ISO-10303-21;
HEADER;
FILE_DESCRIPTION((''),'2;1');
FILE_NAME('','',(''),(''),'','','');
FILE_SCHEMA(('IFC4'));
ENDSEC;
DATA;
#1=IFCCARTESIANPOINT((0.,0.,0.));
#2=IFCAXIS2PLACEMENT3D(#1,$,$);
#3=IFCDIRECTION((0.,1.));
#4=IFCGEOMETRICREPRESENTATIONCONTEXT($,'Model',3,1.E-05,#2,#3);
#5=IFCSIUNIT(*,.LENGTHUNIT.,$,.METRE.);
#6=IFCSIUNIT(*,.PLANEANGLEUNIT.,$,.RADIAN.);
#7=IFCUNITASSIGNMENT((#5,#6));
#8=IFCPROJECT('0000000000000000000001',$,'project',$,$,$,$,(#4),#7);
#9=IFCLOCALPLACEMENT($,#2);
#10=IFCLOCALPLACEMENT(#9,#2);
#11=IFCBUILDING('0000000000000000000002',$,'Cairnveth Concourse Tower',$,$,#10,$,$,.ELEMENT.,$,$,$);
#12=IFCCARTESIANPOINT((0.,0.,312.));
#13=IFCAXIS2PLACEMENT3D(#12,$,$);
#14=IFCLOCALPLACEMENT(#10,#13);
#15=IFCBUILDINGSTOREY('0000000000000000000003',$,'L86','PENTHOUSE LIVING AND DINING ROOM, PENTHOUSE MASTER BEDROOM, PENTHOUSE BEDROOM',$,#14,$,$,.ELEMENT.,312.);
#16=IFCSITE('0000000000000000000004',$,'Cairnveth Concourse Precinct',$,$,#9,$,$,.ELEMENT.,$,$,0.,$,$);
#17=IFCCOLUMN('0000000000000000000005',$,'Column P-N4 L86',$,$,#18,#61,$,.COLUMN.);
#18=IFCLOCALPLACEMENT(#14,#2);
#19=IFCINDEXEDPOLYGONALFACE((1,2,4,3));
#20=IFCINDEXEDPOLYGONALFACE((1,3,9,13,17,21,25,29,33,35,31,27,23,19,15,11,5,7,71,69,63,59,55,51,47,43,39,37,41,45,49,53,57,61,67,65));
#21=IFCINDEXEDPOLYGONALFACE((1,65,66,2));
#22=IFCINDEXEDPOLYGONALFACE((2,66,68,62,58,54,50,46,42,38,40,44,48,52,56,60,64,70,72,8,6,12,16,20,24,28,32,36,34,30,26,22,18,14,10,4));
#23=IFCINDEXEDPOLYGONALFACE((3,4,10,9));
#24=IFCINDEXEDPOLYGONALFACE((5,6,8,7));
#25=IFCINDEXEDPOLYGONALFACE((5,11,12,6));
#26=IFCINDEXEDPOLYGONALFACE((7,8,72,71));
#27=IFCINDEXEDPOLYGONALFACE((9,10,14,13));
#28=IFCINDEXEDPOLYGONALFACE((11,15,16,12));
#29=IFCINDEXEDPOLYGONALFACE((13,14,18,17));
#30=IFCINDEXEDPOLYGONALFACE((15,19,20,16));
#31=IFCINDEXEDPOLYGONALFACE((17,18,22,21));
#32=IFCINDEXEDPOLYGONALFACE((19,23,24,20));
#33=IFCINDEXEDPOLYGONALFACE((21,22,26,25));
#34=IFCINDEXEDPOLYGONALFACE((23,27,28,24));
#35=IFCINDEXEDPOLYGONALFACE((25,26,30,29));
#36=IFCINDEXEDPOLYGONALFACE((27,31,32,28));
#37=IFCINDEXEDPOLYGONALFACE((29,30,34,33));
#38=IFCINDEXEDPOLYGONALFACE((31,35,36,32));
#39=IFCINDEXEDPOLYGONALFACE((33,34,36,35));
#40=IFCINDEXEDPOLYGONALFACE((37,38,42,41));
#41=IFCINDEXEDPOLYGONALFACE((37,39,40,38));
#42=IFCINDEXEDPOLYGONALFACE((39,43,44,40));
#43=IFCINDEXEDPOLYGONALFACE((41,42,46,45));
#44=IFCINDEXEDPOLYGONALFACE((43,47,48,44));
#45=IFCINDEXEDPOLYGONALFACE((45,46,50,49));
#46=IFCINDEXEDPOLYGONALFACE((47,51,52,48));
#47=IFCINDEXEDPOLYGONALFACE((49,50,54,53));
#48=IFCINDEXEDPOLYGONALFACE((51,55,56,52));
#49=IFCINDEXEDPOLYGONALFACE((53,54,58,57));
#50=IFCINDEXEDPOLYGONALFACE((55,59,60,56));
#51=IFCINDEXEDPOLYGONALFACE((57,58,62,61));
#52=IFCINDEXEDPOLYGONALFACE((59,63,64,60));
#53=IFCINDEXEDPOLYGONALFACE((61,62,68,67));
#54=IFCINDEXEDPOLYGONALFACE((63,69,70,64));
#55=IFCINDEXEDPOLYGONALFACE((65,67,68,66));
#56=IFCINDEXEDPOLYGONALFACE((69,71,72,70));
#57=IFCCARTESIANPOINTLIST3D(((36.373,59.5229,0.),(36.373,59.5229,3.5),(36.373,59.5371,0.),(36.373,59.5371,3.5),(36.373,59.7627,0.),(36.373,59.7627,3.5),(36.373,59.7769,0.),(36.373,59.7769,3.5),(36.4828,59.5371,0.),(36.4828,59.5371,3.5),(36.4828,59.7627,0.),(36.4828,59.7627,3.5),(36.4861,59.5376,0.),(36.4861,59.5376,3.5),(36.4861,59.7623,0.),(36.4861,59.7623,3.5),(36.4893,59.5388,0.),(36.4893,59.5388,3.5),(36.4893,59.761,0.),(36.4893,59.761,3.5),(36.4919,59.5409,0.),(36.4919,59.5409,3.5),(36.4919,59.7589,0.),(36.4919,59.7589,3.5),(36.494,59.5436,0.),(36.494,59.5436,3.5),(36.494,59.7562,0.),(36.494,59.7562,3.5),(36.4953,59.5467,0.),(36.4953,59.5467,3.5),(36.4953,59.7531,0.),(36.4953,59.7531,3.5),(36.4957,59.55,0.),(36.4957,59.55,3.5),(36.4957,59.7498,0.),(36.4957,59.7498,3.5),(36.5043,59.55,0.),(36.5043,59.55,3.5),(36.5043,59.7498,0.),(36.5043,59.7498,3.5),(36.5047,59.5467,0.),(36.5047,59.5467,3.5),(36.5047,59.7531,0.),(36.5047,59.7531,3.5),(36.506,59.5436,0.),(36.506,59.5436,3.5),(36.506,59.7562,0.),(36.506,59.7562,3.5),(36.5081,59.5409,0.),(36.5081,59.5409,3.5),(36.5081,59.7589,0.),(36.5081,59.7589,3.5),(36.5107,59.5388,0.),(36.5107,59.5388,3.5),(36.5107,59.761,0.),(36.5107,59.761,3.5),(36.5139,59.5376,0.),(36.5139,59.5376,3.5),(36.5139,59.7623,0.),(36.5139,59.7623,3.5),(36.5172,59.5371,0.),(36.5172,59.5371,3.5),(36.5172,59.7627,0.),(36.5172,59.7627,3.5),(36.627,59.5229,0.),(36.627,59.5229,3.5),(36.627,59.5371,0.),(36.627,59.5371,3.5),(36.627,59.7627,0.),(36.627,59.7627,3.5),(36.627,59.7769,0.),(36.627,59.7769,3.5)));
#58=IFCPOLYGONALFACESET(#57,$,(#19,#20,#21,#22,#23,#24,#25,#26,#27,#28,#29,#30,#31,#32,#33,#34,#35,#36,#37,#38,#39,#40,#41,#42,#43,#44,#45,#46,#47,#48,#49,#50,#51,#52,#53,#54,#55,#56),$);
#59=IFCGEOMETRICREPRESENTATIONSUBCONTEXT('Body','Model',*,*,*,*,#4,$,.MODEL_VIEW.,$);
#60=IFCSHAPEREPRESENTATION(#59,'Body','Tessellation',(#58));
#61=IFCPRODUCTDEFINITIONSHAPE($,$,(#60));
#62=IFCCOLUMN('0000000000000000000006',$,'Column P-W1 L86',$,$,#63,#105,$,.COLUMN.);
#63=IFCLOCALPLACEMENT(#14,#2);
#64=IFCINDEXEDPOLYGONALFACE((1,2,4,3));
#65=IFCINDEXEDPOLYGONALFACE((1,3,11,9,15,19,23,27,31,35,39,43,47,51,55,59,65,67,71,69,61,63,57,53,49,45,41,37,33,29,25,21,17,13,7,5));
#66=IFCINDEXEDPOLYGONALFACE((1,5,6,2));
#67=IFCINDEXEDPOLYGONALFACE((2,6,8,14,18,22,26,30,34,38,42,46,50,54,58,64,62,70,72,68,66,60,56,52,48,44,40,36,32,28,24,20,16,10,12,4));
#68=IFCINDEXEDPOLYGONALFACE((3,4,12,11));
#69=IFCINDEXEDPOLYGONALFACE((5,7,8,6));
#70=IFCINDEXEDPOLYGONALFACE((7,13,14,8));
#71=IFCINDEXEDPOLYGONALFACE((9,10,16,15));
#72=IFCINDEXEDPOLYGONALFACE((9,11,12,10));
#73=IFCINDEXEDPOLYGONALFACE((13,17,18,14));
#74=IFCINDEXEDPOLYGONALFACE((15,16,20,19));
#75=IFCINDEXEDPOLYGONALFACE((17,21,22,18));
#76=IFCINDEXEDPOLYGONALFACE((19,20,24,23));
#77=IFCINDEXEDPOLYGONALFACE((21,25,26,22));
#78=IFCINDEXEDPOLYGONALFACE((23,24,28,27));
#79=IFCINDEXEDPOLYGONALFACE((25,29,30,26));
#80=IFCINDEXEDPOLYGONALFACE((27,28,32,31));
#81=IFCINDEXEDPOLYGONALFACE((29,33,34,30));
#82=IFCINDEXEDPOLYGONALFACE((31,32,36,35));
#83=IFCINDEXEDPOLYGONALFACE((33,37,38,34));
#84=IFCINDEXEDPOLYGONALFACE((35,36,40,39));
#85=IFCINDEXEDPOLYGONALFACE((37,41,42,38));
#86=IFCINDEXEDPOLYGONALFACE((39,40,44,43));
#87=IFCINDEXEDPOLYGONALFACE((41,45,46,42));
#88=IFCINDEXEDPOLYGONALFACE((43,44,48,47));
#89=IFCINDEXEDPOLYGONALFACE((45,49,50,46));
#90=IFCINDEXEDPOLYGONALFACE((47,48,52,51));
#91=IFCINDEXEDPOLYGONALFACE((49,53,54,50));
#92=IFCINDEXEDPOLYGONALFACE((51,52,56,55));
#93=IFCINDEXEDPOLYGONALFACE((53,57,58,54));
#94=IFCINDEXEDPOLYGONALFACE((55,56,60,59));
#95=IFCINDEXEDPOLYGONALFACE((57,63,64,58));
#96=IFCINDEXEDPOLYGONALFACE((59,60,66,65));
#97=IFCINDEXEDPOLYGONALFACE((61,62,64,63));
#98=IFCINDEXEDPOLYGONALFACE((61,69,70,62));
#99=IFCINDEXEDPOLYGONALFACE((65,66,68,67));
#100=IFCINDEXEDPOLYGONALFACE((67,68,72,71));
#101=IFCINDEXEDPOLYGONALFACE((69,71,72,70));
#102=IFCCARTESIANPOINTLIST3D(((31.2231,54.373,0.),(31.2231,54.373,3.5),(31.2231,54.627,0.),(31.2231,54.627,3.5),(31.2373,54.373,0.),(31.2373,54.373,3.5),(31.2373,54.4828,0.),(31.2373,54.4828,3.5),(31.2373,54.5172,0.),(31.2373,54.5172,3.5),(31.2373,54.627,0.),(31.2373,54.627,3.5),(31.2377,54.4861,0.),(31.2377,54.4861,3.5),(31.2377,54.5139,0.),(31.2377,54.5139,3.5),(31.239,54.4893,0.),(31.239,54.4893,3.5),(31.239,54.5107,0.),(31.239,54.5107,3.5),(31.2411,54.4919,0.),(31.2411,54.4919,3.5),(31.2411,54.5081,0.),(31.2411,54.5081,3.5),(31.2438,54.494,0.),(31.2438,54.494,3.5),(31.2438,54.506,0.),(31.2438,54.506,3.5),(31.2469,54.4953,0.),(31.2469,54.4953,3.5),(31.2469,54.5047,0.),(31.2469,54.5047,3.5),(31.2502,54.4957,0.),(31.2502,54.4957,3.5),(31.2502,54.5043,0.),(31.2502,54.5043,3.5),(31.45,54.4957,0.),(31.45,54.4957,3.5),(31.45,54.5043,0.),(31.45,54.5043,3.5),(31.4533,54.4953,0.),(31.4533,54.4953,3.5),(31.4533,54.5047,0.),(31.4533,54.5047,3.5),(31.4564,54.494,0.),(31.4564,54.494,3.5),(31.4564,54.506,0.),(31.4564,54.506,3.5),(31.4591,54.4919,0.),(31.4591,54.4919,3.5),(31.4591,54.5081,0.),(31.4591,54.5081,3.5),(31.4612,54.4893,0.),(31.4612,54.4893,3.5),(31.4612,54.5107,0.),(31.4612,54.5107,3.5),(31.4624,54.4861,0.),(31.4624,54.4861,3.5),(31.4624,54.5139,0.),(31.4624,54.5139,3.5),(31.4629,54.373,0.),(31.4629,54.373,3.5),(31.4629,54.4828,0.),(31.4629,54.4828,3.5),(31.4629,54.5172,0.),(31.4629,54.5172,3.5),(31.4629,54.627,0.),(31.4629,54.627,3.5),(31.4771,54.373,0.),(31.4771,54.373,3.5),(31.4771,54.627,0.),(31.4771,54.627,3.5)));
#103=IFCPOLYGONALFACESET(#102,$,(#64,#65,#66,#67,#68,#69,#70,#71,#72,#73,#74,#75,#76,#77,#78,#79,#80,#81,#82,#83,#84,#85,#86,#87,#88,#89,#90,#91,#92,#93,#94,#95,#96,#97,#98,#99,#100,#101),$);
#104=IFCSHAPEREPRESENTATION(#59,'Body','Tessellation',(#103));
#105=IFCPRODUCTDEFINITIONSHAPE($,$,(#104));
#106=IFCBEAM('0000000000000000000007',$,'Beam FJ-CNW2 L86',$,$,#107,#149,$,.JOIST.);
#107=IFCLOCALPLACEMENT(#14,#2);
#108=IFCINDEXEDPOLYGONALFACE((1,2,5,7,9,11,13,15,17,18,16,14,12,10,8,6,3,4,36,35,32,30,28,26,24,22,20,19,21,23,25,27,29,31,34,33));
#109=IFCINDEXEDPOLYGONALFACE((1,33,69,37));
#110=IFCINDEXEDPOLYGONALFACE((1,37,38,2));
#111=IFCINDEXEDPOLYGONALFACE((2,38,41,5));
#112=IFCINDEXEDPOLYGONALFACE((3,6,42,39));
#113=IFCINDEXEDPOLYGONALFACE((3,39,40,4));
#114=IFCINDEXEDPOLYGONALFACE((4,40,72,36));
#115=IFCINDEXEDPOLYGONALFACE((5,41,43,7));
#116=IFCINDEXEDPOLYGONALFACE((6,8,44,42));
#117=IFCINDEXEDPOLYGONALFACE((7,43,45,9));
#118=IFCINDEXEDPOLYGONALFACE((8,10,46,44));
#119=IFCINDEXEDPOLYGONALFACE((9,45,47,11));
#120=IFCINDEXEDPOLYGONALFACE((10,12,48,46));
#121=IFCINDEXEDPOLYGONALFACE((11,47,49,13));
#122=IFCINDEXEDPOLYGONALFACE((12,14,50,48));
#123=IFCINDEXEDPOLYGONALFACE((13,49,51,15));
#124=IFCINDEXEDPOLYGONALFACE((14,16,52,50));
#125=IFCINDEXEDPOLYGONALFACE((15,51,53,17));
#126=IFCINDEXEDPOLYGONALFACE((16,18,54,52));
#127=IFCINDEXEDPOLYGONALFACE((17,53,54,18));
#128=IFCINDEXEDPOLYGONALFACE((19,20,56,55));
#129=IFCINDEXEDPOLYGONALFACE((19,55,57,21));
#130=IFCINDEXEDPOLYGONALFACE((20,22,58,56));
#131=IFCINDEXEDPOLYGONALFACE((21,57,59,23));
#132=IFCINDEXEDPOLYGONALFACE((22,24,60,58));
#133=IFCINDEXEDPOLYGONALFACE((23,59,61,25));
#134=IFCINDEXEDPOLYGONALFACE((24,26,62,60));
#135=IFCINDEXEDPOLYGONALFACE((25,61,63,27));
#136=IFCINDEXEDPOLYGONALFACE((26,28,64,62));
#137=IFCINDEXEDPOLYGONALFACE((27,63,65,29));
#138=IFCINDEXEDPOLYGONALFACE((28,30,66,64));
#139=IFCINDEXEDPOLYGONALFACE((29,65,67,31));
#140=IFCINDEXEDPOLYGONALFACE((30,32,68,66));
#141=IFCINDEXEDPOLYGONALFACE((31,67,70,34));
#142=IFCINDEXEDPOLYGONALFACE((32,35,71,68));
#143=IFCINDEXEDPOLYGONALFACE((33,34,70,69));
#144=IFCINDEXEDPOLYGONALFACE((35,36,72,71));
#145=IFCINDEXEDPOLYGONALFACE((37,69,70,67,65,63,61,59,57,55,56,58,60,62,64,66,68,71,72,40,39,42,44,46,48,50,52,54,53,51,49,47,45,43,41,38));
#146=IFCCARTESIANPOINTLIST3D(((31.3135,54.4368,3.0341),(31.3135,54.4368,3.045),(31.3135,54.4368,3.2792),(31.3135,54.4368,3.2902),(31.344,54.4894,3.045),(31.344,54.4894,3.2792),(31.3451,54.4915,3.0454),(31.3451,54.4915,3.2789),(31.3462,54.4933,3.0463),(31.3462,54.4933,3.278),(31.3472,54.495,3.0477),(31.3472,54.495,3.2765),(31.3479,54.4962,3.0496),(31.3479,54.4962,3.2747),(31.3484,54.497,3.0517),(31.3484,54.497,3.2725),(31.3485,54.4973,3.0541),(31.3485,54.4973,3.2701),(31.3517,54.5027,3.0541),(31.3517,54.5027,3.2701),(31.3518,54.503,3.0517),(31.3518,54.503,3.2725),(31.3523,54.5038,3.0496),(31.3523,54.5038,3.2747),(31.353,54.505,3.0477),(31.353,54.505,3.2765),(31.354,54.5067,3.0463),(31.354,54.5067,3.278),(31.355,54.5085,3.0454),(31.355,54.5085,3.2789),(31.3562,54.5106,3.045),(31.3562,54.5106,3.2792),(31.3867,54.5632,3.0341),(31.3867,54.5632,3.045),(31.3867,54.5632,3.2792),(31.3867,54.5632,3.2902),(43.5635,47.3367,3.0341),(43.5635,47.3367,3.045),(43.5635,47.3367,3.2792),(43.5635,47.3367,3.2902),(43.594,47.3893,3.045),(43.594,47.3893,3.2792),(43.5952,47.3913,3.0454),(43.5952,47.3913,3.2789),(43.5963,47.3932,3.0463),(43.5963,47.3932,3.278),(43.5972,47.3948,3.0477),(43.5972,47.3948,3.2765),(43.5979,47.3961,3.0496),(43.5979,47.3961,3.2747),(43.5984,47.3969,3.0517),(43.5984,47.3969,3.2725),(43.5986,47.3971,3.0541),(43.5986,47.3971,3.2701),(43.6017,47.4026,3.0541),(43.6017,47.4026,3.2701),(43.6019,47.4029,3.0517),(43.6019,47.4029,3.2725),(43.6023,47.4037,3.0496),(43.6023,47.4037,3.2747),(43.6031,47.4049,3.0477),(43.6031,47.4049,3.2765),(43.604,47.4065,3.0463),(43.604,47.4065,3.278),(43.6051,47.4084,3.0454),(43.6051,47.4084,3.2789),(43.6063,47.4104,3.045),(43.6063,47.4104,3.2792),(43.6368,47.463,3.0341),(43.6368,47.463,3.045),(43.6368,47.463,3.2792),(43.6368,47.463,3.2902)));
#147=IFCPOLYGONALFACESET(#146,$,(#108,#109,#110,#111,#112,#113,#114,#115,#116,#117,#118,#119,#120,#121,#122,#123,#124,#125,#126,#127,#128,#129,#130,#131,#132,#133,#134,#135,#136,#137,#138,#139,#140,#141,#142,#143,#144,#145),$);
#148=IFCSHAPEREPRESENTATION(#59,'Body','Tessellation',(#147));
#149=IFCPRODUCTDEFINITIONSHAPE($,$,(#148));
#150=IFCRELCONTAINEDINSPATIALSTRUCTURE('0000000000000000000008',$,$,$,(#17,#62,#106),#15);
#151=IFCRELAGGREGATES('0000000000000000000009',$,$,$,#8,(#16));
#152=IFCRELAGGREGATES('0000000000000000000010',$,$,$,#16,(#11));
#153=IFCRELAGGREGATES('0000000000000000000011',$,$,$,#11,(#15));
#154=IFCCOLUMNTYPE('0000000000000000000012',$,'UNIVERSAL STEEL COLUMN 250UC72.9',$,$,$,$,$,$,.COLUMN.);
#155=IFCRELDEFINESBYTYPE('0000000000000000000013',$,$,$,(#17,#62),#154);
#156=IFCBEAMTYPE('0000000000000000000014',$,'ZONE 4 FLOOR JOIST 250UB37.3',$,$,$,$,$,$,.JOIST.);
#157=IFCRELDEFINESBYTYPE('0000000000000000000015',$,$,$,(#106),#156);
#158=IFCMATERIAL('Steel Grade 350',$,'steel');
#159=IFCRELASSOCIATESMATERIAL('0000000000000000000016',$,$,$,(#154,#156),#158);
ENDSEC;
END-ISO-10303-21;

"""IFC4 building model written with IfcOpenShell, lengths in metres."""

from ifc_helpers import new_model, si_unit, direction, frame, origin, origin_2d, place, context, subcontext, project, spatial, i_section, extrude, material, material_profile, profile_set, type_object, element, save


model = new_model("IFC4")

# Units and contexts
model_context = context("Model", 3, precision=1e-05, world=origin(), true_north=direction((0.0, 1.0)))
body_context = subcontext(model_context, "Body", "Model", "MODEL_VIEW")
ifc_project = project(units=[si_unit("LENGTHUNIT", "METRE"), si_unit("PLANEANGLEUNIT", "RADIAN")], contexts=[model_context])

# Site, building, storey
site_placement = place(None, origin())
site = spatial("IfcSite", under=ifc_project, at=site_placement, Name="Cairnveth Concourse Precinct", CompositionType="ELEMENT", RefElevation=0.0)
building_placement = place(site_placement, origin())
building = spatial("IfcBuilding", under=site, at=building_placement, Name="Cairnveth Concourse Tower", CompositionType="ELEMENT")
storey_placement = place(building_placement, frame((0.0, 0.0, 312.0)))
storey = spatial("IfcBuildingStorey", under=building, at=storey_placement, Name="L86", Description="PENTHOUSE LIVING AND DINING ROOM, PENTHOUSE MASTER BEDROOM, PENTHOUSE BEDROOM", CompositionType="ELEMENT", Elevation=312.0)

# Columns
ifc_material_1 = material(Name="Steel Grade 350", Category="steel")
ifc_material_profile_1 = material_profile(ifc_material_1, i_section(OverallWidth=0.2539, OverallDepth=0.2539, WebThickness=0.0085, FlangeThickness=0.0142, FilletRadius=0.0129, at=origin_2d()), Name="250UC72.9")
ifc_profile_set_1 = profile_set([ifc_material_profile_1], Name="Steel Grade 350")
column_type = type_object("IfcColumnType", Name="UNIVERSAL STEEL COLUMN 250UC72.9", PredefinedType="COLUMN", material=ifc_profile_set_1)
for number, where, z_axis, x_axis, name in (
    (1, (36.5, 59.6499, 0.0), (0.0, 0.0, 1.0), (1.0, 0.0, 0.0), "Column P-N4 L86"),
    (2, (31.3501, 54.5, 0.0), (0.0, 0.0, 1.0), (0.0, 1.0, 0.0), "Column P-W1 L86"),
):
    element("IfcColumn", number, at=place(storey_placement, frame(where, z_axis=z_axis, x_axis=x_axis)), inside=storey, type_object=column_type, Name=name, PredefinedType="COLUMN", context=body_context, shape_type="SweptSolid", body=[
        extrude(i_section(OverallWidth=0.2539, OverallDepth=0.2539, WebThickness=0.0085, FlangeThickness=0.0142, FilletRadius=0.0129, at=origin_2d()), origin(), (0.0, 0.0, 1.0), 3.5),
    ])

# Beam
ifc_material_profile_2 = material_profile(ifc_material_1, i_section(OverallWidth=0.146, OverallDepth=0.2561, WebThickness=0.0063, FlangeThickness=0.011, FilletRadius=0.009, at=origin_2d()), Name="250UB37.3")
ifc_profile_set_2 = profile_set([ifc_material_profile_2], Name="Steel Grade 350")
beam_type_1 = type_object("IfcBeamType", Name="ZONE 4 FLOOR JOIST 250UB37.3", PredefinedType="JOIST", material=ifc_profile_set_2)
beam_1_placement = place(storey_placement, frame((31.3501, 54.5, 3.1621), z_axis=(0.865181, -0.501459, 0.0), x_axis=(0.501459, 0.865181, 0.0)))
element("IfcBeam", 3, at=beam_1_placement, inside=storey, type_object=beam_type_1, Name="Beam FJ-CNW2 L86", PredefinedType="JOIST", context=body_context, shape_type="SweptSolid", body=[
    extrude(i_section(OverallWidth=0.146, OverallDepth=0.2561, WebThickness=0.0063, FlangeThickness=0.011, FilletRadius=0.009, at=origin_2d()), origin(), (0.0, 0.0, 1.0), 14.1589),
])

save(model, "model.ifc")
